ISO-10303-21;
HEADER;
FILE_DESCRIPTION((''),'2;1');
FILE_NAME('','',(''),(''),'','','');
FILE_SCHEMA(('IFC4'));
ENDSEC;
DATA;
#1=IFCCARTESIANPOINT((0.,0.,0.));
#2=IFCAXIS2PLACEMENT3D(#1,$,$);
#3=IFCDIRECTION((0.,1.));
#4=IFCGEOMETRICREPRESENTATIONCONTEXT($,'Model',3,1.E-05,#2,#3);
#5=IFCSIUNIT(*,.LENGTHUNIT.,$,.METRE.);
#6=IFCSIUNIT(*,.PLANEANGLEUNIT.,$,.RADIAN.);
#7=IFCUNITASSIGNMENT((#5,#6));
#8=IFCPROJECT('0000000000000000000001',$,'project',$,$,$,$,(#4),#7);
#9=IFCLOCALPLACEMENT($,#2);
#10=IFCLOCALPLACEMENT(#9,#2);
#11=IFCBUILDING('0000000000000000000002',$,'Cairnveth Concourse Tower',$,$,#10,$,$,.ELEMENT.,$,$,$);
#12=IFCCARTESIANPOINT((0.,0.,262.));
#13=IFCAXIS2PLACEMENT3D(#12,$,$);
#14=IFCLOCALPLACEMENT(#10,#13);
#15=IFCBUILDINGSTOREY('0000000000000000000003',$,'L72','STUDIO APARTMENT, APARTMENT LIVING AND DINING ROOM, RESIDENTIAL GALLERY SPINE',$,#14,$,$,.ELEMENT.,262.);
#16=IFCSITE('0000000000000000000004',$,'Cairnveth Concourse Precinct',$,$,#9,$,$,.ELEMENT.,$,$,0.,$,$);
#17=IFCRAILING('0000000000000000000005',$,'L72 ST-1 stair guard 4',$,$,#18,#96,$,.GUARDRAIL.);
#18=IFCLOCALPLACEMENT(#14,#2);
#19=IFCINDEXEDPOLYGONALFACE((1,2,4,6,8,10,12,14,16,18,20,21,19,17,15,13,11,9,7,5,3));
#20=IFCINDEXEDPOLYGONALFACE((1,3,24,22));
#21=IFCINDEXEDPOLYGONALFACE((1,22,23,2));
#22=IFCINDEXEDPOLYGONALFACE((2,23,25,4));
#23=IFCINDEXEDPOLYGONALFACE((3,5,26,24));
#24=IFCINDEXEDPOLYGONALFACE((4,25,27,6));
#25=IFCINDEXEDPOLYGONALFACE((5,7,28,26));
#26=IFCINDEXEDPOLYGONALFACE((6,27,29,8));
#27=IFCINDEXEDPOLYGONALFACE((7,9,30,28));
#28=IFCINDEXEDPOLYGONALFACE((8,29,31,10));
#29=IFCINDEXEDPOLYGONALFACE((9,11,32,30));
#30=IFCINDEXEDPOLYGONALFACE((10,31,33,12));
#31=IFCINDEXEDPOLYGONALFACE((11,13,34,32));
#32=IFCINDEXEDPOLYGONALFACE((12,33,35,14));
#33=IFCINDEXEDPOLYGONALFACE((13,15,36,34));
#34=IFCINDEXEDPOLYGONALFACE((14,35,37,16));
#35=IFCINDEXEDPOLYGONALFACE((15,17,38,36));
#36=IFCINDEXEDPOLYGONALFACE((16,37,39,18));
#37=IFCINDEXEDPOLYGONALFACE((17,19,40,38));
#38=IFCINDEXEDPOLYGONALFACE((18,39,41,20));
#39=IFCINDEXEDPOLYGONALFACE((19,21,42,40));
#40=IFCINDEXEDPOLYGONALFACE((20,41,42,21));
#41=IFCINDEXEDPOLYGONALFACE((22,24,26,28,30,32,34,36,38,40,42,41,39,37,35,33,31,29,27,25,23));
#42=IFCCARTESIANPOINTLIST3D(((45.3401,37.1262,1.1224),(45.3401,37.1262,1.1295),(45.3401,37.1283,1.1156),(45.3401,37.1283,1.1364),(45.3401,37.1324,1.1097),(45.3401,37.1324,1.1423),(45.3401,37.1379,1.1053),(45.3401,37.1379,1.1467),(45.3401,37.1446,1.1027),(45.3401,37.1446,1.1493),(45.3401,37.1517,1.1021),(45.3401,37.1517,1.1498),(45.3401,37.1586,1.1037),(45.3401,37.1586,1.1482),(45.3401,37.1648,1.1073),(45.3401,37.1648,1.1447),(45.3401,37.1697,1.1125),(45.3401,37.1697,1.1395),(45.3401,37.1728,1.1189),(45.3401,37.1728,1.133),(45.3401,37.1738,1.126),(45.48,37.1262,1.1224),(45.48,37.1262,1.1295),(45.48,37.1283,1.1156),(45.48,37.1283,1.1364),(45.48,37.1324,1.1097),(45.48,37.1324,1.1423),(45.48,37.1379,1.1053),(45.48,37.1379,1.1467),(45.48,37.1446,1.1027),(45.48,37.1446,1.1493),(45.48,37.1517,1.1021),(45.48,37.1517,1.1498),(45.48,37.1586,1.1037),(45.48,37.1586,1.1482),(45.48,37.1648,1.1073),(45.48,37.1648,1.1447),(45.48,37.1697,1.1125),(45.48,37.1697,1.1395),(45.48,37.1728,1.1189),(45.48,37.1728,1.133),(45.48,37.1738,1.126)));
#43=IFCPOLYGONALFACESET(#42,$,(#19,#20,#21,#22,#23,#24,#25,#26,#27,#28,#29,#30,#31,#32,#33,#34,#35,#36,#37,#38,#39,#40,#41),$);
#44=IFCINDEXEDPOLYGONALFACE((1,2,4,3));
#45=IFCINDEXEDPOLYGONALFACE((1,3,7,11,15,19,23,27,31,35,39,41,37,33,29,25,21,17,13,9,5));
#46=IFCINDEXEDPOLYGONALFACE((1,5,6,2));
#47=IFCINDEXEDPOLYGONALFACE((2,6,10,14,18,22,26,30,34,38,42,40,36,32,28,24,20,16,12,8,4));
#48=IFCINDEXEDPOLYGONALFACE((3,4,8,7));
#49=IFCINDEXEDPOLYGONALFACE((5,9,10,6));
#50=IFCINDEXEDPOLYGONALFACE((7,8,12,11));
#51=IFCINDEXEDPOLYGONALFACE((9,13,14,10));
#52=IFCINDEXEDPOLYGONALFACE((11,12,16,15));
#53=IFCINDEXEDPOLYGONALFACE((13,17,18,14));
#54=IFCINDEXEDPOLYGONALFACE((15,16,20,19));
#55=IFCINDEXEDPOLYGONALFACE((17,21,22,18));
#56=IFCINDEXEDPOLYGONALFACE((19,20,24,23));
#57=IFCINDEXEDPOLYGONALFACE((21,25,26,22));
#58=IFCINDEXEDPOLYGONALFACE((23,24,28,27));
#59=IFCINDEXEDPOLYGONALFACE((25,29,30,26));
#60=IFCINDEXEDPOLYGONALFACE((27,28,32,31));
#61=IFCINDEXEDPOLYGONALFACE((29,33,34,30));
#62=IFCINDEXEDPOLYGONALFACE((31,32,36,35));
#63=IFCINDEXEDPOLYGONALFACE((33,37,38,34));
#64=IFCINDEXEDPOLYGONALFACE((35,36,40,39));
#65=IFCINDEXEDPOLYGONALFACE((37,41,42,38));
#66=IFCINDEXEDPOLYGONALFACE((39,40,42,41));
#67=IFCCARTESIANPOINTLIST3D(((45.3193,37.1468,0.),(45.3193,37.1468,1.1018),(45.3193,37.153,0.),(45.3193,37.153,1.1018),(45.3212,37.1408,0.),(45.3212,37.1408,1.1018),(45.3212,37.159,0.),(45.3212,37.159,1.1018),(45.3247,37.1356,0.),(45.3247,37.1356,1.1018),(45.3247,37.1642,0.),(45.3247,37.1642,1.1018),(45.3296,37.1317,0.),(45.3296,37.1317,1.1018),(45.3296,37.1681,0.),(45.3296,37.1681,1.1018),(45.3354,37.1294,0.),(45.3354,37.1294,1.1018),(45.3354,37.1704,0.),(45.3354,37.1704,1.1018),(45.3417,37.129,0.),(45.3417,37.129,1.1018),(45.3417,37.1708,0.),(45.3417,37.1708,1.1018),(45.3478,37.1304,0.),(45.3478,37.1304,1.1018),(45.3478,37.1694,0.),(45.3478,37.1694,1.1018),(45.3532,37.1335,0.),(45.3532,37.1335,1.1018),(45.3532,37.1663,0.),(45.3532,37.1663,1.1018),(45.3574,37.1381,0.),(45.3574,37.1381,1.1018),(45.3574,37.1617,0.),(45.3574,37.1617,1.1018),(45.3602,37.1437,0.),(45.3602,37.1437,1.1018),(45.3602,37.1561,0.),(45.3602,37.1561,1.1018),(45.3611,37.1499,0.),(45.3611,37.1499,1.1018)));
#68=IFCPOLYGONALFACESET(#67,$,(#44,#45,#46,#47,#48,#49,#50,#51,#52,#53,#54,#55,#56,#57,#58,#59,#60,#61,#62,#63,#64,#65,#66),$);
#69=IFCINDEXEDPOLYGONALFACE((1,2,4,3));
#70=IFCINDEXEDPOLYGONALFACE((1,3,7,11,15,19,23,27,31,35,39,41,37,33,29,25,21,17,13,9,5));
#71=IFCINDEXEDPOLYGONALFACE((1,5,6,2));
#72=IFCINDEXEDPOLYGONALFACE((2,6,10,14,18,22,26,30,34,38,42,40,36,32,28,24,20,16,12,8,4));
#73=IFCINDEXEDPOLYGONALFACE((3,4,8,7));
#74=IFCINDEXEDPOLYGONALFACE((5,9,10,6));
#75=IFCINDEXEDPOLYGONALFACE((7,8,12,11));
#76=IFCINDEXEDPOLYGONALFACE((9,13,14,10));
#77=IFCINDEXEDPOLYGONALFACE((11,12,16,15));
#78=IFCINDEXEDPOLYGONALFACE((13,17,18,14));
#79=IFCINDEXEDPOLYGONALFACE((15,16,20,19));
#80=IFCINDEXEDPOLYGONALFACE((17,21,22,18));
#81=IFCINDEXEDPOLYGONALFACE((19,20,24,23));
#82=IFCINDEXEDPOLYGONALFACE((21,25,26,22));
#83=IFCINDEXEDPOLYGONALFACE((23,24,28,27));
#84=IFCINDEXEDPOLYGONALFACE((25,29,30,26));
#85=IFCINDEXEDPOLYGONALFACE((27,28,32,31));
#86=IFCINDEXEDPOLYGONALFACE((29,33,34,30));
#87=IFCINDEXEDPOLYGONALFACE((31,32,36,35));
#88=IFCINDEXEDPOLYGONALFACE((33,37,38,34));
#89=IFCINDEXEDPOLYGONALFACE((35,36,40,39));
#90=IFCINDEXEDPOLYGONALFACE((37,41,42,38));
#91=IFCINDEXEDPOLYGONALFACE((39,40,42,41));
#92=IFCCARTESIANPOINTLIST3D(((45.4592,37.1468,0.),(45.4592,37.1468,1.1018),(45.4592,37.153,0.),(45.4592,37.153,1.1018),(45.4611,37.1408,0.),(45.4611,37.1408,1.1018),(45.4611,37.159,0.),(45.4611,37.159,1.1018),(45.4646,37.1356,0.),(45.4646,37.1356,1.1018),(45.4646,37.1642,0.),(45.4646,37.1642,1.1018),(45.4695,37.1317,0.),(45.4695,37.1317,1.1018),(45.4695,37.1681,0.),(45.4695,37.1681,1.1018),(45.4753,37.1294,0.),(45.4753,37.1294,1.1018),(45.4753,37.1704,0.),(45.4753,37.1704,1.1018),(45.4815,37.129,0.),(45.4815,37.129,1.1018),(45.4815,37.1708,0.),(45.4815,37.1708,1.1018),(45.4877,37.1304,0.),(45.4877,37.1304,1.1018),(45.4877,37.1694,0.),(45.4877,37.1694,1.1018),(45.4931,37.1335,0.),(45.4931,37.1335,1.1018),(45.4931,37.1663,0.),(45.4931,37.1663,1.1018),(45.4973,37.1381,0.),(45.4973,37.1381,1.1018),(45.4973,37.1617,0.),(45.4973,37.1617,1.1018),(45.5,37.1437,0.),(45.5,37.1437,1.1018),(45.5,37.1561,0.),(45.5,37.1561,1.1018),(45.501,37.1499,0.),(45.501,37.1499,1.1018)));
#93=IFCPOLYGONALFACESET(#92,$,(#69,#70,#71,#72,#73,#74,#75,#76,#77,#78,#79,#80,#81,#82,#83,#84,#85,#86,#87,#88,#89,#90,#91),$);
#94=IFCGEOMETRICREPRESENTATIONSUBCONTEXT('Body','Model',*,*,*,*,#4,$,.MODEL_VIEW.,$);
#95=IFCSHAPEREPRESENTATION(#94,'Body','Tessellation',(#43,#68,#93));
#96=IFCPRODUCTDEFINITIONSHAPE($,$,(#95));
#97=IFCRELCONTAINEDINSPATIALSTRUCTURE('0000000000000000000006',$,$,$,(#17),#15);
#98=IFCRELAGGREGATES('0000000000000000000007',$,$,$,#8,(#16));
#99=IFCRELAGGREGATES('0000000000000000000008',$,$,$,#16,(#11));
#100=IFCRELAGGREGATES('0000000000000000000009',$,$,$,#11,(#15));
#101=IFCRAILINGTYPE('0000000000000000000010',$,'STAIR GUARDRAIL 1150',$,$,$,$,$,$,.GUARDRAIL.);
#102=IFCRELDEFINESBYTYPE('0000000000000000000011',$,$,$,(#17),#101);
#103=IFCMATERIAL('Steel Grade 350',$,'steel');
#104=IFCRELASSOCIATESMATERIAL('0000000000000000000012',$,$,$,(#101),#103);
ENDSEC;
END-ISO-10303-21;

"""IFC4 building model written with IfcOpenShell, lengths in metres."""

from ifc_helpers import new_model, si_unit, direction, frame, origin, origin_2d, place, context, subcontext, project, spatial, circle, extrude, material, type_object, element, save


model = new_model("IFC4")

# Units and contexts
model_context = context("Model", 3, precision=1e-05, world=origin(), true_north=direction((0.0, 1.0)))
body_context = subcontext(model_context, "Body", "Model", "MODEL_VIEW")
ifc_project = project(units=[si_unit("LENGTHUNIT", "METRE"), si_unit("PLANEANGLEUNIT", "RADIAN")], contexts=[model_context])

# Site, building, storey
site_placement = place(None, origin())
site = spatial("IfcSite", under=ifc_project, at=site_placement, Name="Cairnveth Concourse Precinct", CompositionType="ELEMENT", RefElevation=0.0)
building_placement = place(site_placement, origin())
building = spatial("IfcBuilding", under=site, at=building_placement, Name="Cairnveth Concourse Tower", CompositionType="ELEMENT")
storey_placement = place(building_placement, frame((0.0, 0.0, 262.0)))
storey = spatial("IfcBuildingStorey", under=building, at=storey_placement, Name="L72", Description="STUDIO APARTMENT, APARTMENT LIVING AND DINING ROOM, RESIDENTIAL GALLERY SPINE", CompositionType="ELEMENT", Elevation=262.0)

# Shared definitions
ifc_material_1 = material(Name="Steel Grade 350", Category="steel")

# Railing
railing_type_1 = type_object("IfcRailingType", Name="STAIR GUARDRAIL 1150", PredefinedType="GUARDRAIL", material=ifc_material_1)
railing_1_placement = place(storey_placement, frame((45.3401, 37.1499, 0.0)))
element("IfcRailing", 1, at=railing_1_placement, inside=storey, type_object=railing_type_1, Name="L72 ST-1 stair guard 4", PredefinedType="GUARDRAIL", context=body_context, shape_type="SweptSolid", body=[
    extrude(circle(Radius=0.0239, at=origin_2d()), frame((0.0, 0.0, 1.126), z_axis=(1.0, 0.0, 0.0), x_axis=(0.0, 1.0, 0.0)), (0.0, 0.0, 1.0), 0.1399),
    extrude(circle(Radius=0.021, at=origin_2d()), origin(), (0.0, 0.0, 1.0), 1.1018),
    extrude(circle(Radius=0.021, at=origin_2d()), frame((0.1399, 0.0, 0.0)), (0.0, 0.0, 1.0), 1.1018),
])

save(model, "model.ifc")
